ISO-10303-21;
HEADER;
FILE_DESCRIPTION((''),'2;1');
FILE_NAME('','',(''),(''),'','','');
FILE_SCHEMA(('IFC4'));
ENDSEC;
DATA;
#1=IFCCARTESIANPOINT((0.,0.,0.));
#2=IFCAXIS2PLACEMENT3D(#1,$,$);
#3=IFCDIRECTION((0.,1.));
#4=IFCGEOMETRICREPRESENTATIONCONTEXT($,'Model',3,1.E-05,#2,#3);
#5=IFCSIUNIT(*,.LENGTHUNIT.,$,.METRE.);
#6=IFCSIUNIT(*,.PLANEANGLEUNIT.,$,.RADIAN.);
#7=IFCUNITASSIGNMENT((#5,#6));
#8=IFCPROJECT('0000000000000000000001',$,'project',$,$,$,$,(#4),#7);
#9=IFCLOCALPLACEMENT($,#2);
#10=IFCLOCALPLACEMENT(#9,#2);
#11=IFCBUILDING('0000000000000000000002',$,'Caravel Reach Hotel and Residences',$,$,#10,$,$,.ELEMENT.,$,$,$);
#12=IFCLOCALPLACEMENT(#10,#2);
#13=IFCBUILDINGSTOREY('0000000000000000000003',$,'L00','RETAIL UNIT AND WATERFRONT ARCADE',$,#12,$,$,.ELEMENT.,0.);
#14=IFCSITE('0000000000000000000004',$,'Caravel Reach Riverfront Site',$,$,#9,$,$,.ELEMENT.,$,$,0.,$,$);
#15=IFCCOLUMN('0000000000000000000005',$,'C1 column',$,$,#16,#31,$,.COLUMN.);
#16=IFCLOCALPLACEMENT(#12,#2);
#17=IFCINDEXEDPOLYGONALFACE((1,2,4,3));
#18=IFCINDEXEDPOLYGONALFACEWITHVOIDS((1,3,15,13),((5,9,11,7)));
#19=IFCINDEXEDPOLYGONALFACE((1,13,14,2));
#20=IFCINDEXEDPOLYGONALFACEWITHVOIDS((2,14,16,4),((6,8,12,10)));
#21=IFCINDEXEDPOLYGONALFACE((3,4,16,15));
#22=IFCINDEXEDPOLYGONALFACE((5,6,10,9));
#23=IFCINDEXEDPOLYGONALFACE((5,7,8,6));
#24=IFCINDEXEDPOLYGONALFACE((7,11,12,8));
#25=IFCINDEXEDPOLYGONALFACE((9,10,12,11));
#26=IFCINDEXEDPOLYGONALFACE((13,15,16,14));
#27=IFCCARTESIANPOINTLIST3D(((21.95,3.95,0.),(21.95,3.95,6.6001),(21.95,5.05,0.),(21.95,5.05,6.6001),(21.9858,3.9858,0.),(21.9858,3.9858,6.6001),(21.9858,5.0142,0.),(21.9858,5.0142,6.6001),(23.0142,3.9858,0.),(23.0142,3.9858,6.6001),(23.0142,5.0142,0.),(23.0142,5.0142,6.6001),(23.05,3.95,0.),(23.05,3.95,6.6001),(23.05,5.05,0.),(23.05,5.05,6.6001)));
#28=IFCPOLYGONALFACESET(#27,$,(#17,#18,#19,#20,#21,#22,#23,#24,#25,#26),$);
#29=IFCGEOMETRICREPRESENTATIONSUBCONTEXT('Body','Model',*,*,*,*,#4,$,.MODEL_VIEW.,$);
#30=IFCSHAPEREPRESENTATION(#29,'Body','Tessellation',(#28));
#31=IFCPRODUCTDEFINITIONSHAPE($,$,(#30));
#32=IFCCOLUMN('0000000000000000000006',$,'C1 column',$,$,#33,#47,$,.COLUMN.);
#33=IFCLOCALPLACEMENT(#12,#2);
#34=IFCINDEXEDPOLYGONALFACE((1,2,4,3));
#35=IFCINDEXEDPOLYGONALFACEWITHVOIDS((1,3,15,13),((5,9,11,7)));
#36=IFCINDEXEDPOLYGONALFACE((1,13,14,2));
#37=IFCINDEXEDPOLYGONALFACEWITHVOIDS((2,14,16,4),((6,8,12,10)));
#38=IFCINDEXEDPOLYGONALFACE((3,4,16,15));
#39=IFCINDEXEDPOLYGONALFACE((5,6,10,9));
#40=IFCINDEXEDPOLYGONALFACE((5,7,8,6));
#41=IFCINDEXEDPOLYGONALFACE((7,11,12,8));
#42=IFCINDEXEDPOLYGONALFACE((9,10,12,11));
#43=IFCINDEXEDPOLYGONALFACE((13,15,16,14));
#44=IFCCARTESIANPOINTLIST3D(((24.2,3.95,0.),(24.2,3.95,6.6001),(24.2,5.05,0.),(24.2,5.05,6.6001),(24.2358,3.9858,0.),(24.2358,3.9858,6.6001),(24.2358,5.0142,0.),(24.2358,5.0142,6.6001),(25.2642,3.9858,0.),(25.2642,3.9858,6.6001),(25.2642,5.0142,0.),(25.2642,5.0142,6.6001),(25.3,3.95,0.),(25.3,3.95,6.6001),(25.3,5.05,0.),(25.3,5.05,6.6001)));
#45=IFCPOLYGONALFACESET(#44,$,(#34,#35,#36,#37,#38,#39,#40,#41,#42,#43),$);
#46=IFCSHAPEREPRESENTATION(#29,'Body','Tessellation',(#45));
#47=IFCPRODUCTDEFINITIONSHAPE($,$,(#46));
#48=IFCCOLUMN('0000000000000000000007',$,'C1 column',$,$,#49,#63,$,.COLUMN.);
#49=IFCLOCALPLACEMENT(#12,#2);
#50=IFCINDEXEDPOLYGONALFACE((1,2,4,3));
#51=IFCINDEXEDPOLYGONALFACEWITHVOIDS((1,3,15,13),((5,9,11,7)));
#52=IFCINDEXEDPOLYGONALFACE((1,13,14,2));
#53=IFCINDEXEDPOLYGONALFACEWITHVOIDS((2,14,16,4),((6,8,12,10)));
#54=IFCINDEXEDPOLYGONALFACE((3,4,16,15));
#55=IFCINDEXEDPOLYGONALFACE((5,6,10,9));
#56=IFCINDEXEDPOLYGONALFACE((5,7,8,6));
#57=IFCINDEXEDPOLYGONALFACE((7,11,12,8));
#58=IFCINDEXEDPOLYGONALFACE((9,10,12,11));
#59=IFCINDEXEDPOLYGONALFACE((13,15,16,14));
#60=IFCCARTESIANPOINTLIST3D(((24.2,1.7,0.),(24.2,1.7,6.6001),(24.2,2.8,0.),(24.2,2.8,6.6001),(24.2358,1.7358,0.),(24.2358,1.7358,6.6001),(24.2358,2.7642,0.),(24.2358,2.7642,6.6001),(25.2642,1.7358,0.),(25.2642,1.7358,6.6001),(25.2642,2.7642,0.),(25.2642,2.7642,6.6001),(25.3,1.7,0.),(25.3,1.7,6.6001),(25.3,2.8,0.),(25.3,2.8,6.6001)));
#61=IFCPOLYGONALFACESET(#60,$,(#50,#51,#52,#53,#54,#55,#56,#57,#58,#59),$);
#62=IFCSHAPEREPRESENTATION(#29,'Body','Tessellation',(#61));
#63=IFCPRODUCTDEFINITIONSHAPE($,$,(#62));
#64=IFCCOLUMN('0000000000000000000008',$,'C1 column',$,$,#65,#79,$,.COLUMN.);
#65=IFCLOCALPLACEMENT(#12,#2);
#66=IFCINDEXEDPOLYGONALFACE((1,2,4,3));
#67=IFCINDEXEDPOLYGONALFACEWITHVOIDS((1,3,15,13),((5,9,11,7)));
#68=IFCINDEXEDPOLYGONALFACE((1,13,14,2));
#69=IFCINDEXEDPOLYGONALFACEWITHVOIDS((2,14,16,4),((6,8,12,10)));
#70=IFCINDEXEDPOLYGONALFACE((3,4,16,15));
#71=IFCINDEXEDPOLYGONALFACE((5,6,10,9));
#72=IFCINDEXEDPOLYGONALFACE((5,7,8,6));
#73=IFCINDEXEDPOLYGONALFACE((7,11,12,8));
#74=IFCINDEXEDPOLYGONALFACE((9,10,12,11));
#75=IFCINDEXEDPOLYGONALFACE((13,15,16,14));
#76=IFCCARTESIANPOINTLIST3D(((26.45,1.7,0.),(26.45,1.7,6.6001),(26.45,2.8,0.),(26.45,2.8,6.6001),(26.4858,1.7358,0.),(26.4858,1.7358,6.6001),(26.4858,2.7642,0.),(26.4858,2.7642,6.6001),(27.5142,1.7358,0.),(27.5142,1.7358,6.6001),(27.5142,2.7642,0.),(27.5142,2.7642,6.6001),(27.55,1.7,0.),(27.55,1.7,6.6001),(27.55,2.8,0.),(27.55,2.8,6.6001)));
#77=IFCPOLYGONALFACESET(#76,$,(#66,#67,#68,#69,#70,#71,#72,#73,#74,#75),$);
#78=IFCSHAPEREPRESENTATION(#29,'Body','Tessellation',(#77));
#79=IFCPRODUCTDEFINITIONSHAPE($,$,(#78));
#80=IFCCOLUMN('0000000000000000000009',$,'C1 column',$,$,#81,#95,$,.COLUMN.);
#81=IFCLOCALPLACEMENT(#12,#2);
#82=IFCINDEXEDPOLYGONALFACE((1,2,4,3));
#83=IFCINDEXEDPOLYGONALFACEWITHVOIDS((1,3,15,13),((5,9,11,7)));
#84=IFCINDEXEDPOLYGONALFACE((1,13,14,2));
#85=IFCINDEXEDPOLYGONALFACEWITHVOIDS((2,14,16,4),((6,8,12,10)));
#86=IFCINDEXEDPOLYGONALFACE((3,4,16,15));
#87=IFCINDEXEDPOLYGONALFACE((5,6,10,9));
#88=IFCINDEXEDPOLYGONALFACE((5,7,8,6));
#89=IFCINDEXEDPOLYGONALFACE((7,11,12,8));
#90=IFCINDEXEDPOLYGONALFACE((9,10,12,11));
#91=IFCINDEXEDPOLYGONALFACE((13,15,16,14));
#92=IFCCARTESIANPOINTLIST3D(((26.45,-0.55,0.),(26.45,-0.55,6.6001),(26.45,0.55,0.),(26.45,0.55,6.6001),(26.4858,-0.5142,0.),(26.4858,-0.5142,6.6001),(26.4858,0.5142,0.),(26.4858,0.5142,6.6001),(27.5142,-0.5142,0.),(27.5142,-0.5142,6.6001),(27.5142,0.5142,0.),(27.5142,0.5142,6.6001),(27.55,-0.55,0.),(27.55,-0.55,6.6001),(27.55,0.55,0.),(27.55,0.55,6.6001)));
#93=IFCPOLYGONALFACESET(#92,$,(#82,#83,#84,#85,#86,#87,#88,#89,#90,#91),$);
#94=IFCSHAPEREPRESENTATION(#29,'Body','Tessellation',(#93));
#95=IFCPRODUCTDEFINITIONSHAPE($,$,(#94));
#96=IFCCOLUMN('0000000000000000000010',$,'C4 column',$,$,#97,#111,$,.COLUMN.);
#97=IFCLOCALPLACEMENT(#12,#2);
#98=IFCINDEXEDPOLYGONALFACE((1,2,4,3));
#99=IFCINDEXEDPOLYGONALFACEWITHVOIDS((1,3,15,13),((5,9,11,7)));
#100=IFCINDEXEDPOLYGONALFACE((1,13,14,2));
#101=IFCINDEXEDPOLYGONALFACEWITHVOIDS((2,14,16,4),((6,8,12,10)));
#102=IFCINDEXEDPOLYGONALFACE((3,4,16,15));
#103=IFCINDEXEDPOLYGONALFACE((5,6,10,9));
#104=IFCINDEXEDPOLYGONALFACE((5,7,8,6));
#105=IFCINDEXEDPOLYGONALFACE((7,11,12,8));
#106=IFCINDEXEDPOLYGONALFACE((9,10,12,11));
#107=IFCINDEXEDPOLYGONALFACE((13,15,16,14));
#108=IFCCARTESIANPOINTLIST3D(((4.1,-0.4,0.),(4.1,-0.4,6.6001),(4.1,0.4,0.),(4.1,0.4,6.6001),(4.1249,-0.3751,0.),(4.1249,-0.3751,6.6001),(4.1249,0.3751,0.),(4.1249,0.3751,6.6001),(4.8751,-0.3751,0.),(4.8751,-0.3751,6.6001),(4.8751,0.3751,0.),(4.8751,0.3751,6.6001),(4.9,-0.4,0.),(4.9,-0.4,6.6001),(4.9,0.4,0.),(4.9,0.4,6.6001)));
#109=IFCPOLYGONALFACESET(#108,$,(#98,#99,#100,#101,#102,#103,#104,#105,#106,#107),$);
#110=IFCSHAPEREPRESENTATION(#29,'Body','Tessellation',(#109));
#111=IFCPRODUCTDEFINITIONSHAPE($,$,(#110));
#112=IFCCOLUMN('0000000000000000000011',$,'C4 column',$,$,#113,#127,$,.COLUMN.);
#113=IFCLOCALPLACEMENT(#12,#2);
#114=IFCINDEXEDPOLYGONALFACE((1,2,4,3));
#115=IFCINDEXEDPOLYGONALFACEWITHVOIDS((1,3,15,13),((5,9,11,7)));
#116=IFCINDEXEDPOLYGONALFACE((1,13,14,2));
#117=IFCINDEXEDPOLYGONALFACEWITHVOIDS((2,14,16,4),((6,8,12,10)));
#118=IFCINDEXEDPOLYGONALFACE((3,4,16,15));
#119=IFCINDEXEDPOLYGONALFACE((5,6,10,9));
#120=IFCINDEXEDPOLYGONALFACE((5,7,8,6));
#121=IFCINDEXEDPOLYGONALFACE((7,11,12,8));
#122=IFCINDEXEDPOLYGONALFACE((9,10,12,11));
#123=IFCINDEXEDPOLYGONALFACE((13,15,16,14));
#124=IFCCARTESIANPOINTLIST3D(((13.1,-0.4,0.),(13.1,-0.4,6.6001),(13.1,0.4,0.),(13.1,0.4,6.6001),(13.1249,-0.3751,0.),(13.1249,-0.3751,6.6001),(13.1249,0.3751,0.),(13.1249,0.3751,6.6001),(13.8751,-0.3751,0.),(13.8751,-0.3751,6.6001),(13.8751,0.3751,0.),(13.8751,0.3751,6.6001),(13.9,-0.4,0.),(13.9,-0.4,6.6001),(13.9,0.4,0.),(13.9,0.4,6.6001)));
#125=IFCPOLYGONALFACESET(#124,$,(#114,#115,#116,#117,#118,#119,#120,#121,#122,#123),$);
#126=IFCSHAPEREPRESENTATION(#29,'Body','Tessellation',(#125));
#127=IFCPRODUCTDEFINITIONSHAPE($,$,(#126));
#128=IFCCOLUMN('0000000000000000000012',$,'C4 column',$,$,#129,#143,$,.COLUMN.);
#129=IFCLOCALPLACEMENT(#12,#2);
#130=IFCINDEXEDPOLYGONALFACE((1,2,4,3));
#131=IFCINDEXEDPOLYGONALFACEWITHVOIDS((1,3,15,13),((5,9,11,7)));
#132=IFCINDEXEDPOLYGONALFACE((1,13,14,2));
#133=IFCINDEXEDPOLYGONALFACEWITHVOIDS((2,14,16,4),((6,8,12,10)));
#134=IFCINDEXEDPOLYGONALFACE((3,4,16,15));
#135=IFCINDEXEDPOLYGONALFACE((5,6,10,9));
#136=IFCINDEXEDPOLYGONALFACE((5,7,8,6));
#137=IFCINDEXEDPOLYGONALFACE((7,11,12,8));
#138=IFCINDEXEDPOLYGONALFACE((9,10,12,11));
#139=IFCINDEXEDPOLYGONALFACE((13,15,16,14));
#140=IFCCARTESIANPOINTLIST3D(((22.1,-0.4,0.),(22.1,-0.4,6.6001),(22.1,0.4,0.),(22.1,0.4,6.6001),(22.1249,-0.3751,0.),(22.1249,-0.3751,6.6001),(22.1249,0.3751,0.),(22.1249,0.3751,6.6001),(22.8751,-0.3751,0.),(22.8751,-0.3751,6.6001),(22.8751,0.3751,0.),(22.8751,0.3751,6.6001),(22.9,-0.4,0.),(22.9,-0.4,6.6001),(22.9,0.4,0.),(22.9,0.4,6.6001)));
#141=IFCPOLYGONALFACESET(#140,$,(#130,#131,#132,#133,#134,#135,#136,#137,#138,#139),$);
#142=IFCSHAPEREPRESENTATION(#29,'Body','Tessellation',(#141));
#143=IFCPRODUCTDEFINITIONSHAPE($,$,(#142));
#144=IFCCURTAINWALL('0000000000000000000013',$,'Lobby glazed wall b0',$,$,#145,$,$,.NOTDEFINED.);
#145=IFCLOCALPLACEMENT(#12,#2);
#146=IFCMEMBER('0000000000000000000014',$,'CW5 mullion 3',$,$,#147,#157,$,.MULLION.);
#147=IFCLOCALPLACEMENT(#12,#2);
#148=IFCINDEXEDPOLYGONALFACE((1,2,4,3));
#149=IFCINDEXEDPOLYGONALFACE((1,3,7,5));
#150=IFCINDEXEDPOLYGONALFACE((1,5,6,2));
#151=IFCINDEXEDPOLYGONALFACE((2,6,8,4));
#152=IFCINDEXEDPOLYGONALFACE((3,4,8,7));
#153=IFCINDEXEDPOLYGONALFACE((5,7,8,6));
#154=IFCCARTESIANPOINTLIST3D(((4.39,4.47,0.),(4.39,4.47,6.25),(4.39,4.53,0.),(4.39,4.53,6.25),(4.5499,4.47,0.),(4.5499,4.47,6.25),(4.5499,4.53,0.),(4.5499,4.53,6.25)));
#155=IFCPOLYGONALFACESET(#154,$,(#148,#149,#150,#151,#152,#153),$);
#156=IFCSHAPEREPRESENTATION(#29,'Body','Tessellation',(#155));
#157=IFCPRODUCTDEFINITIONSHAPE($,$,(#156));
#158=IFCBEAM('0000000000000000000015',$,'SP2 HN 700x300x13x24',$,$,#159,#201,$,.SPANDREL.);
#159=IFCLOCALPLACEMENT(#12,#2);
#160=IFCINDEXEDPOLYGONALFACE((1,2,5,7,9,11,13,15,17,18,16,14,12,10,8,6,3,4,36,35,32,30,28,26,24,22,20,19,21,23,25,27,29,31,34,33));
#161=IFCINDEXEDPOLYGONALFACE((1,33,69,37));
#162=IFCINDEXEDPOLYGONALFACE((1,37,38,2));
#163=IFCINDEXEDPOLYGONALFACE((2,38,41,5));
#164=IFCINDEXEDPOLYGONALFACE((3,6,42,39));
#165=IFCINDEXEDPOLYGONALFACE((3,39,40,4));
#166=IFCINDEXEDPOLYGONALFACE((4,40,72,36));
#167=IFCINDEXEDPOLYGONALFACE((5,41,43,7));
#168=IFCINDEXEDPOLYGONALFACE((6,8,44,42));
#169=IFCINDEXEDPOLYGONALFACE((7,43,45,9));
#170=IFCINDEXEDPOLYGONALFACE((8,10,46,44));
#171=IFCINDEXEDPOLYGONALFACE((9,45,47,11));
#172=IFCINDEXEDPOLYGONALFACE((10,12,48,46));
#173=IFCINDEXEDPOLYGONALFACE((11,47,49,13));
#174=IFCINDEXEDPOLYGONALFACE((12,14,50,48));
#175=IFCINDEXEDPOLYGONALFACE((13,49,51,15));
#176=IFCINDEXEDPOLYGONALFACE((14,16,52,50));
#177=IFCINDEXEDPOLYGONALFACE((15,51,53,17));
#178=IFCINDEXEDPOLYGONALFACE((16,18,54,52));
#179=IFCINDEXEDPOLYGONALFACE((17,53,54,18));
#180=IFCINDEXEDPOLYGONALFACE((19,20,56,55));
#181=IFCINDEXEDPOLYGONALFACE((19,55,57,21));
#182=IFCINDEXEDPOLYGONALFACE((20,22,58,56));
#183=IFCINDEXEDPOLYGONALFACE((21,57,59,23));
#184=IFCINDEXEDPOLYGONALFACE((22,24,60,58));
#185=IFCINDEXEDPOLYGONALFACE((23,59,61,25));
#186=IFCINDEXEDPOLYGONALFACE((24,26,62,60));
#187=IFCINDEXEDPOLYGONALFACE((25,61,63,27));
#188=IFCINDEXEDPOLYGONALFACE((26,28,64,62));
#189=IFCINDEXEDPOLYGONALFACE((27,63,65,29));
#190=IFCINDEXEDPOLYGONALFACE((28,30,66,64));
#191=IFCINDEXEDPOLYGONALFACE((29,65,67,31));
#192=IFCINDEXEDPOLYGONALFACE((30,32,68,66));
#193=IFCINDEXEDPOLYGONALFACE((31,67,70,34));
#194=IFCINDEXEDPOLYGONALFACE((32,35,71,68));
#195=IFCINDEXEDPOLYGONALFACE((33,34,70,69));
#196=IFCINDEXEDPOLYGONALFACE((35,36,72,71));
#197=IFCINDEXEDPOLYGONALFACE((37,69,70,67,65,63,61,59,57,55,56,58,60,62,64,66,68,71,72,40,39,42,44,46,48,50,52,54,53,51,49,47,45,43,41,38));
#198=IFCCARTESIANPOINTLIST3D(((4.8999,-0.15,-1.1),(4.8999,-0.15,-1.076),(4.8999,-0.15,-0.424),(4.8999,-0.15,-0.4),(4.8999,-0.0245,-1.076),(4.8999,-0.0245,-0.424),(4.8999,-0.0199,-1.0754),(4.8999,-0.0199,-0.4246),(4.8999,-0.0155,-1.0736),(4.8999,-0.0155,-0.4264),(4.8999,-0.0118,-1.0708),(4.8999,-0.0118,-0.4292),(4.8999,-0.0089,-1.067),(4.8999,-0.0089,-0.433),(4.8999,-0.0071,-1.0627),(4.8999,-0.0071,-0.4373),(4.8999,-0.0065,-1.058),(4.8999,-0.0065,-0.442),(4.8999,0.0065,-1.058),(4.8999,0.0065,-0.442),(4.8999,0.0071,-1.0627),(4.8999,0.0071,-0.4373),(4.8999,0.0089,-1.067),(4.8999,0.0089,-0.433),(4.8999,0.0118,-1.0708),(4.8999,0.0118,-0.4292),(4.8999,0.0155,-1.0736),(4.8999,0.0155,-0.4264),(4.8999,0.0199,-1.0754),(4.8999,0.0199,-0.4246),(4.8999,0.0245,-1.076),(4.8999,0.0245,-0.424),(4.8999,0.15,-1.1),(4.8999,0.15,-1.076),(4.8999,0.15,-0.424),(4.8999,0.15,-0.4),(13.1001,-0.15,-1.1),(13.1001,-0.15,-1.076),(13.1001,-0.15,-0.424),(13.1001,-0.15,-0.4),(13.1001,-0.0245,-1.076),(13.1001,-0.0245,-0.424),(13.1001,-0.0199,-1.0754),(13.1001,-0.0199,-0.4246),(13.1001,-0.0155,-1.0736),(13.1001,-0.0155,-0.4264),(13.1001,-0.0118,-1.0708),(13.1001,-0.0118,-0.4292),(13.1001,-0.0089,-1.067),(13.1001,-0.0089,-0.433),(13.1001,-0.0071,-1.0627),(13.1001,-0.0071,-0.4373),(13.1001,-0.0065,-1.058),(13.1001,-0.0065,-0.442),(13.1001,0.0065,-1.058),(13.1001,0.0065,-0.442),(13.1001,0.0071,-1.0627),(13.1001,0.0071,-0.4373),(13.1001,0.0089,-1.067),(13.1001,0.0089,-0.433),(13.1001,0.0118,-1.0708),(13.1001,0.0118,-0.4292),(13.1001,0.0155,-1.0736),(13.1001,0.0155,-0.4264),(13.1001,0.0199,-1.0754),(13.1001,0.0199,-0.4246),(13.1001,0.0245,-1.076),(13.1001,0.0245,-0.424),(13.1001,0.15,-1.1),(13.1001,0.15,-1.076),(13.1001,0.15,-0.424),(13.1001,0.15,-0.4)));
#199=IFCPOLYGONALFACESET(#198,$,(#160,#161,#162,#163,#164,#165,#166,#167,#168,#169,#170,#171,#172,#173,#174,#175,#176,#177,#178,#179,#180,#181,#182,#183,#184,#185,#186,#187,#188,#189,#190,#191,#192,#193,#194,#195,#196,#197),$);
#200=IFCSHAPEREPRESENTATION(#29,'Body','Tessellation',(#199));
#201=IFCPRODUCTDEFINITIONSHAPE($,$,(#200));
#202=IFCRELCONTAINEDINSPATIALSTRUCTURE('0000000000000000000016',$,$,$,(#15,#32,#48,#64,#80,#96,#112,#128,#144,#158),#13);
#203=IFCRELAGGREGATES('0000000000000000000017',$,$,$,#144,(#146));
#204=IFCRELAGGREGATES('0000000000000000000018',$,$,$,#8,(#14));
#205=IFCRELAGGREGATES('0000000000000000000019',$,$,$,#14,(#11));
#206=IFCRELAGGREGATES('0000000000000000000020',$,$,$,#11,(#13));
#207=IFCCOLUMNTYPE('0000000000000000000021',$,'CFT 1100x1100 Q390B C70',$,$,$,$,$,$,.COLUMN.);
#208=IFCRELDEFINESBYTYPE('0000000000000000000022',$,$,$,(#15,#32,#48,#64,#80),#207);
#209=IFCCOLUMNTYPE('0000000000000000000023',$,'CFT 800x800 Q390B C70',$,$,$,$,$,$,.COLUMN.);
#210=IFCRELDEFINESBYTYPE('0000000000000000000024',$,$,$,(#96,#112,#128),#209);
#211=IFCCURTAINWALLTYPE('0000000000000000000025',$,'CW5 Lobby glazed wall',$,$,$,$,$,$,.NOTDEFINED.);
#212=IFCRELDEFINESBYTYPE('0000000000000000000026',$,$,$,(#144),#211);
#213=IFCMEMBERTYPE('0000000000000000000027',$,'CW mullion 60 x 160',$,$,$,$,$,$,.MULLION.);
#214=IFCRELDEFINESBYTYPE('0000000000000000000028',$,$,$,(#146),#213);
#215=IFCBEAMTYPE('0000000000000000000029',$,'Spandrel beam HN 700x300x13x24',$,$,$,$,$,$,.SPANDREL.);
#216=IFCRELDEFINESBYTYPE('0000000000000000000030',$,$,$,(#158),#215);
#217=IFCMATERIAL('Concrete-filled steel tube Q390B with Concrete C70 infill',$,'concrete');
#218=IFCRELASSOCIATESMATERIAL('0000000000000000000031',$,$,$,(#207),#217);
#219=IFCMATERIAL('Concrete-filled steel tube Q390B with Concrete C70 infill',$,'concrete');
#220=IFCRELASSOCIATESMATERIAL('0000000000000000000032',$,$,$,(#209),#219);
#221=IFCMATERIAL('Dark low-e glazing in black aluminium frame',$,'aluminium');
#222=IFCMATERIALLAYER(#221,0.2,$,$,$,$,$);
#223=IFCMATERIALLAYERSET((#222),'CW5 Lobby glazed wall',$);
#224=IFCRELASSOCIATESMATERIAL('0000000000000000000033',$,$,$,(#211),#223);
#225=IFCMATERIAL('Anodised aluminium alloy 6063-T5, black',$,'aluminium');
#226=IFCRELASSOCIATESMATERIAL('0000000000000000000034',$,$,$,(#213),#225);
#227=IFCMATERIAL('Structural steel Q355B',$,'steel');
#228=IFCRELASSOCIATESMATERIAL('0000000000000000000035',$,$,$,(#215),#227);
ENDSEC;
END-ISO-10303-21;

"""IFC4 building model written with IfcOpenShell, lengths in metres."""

from ifc_helpers import new_model, si_unit, direction, frame, origin, origin_2d, place, context, subcontext, project, spatial, rectangle, hollow_rectangle, i_section, extrude, material, layer, layer_set, material_profile, profile_set, type_object, element, aggregate, save


model = new_model("IFC4")

# Units and contexts
model_context = context("Model", 3, precision=1e-05, world=origin(), true_north=direction((0.0, 1.0)))
body_context = subcontext(model_context, "Body", "Model", "MODEL_VIEW")
ifc_project = project(units=[si_unit("LENGTHUNIT", "METRE"), si_unit("PLANEANGLEUNIT", "RADIAN")], contexts=[model_context])

# Site, building, storey
site_placement = place(None, origin())
site = spatial("IfcSite", under=ifc_project, at=site_placement, Name="Caravel Reach Riverfront Site", CompositionType="ELEMENT", RefElevation=0.0)
building_placement = place(site_placement, origin())
building = spatial("IfcBuilding", under=site, at=building_placement, Name="Caravel Reach Hotel and Residences", CompositionType="ELEMENT")
storey_placement = place(building_placement, origin())
storey = spatial("IfcBuildingStorey", under=building, at=storey_placement, Name="L00", Description="RETAIL UNIT AND WATERFRONT ARCADE", CompositionType="ELEMENT", Elevation=0.0)

# Columns
ifc_material_1 = material(Name="Concrete-filled steel tube Q390B with Concrete C70 infill", Category="concrete")
ifc_material_profile_1 = material_profile(ifc_material_1, hollow_rectangle(XDim=1.1001, YDim=1.1001, WallThickness=0.0359, at=origin_2d()), Name="RHS 1100x1100x36")
ifc_profile_set_1 = profile_set([ifc_material_profile_1], Name="Concrete-filled steel tube Q390B with Concrete C70 infill")
column_type_1 = type_object("IfcColumnType", Name="CFT 1100x1100 Q390B C70", PredefinedType="COLUMN", material=ifc_profile_set_1)
for number, where, z_axis, x_axis, name in (
    (1, (22.5, 4.5, 0.0), (0.0, 0.0, 1.0), (1.0, 0.0, 0.0), "C1 column"),
    (2, (24.75, 4.5, 0.0), (0.0, 0.0, 1.0), (1.0, 0.0, 0.0), "C1 column"),
    (3, (24.75, 2.25, 0.0), (0.0, 0.0, 1.0), (1.0, 0.0, 0.0), "C1 column"),
    (4, (27.0, 2.25, 0.0), (0.0, 0.0, 1.0), (1.0, 0.0, 0.0), "C1 column"),
    (5, (27.0, 0.0, 0.0), (0.0, 0.0, 1.0), (1.0, 0.0, 0.0), "C1 column"),
):
    element("IfcColumn", number, at=place(storey_placement, frame(where, z_axis=z_axis, x_axis=x_axis)), inside=storey, type_object=column_type_1, Name=name, PredefinedType="COLUMN", context=body_context, shape_type="SweptSolid", body=[
        extrude(hollow_rectangle(XDim=1.1001, YDim=1.1001, WallThickness=0.0359, at=origin_2d()), origin(), (0.0, 0.0, 1.0), 6.6001),
    ])
ifc_material_2 = material(Name="Concrete-filled steel tube Q390B with Concrete C70 infill", Category="concrete")
ifc_material_profile_2 = material_profile(ifc_material_2, hollow_rectangle(XDim=0.8, YDim=0.8, WallThickness=0.0249, at=origin_2d()), Name="RHS 800x800x25")
ifc_profile_set_2 = profile_set([ifc_material_profile_2], Name="Concrete-filled steel tube Q390B with Concrete C70 infill")
column_type_2 = type_object("IfcColumnType", Name="CFT 800x800 Q390B C70", PredefinedType="COLUMN", material=ifc_profile_set_2)
for number, where, z_axis, x_axis, name in (
    (6, (4.5, 0.0, 0.0), (0.0, 0.0, 1.0), (1.0, 0.0, 0.0), "C4 column"),
    (7, (13.5, 0.0, 0.0), (0.0, 0.0, 1.0), (1.0, 0.0, 0.0), "C4 column"),
    (8, (22.5, 0.0, 0.0), (0.0, 0.0, 1.0), (1.0, 0.0, 0.0), "C4 column"),
):
    element("IfcColumn", number, at=place(storey_placement, frame(where, z_axis=z_axis, x_axis=x_axis)), inside=storey, type_object=column_type_2, Name=name, PredefinedType="COLUMN", context=body_context, shape_type="SweptSolid", body=[
        extrude(hollow_rectangle(XDim=0.8, YDim=0.8, WallThickness=0.0249, at=origin_2d()), origin(), (0.0, 0.0, 1.0), 6.6001),
    ])

# Curtain wall, member
ifc_material_3 = material(Name="Dark low-e glazing in black aluminium frame", Category="aluminium")
ifc_layer_1 = layer(ifc_material_3, 0.2)
ifc_layer_set_1 = layer_set([ifc_layer_1], Name="CW5 Lobby glazed wall")
curtain_wall_type = type_object("IfcCurtainWallType", Name="CW5 Lobby glazed wall", PredefinedType="NOTDEFINED", material=ifc_layer_set_1)
curtain_wall_placement = place(storey_placement, origin())
curtain_wall = element("IfcCurtainWall", 9, at=curtain_wall_placement, inside=storey, type_object=curtain_wall_type, Name="Lobby glazed wall b0", PredefinedType="NOTDEFINED")
ifc_material_4 = material(Name="Anodised aluminium alloy 6063-T5, black", Category="aluminium")
ifc_material_profile_3 = material_profile(ifc_material_4, rectangle(XDim=0.0601, YDim=0.1599, at=origin_2d()), Name="CW mullion 60 x 160")
ifc_profile_set_3 = profile_set([ifc_material_profile_3], Name="Anodised aluminium alloy 6063-T5, black")
member_type = type_object("IfcMemberType", Name="CW mullion 60 x 160", PredefinedType="MULLION", material=ifc_profile_set_3)
member_placement = place(storey_placement, frame((4.47, 4.5, 0.0), z_axis=(0.0, 0.0, 1.0), x_axis=(0.0, 1.0, 0.0)))
member = element("IfcMember", 10, at=member_placement, type_object=member_type, Name="CW5 mullion 3", PredefinedType="MULLION", context=body_context, shape_type="SweptSolid", body=[
    extrude(rectangle(XDim=0.0601, YDim=0.1599, at=origin_2d()), origin(), (0.0, 0.0, 1.0), 6.25),
])

# Beam
ifc_material_5 = material(Name="Structural steel Q355B", Category="steel")
ifc_material_profile_4 = material_profile(ifc_material_5, i_section(OverallWidth=0.3, OverallDepth=0.7, WebThickness=0.0129, FlangeThickness=0.0239, FilletRadius=0.0181, at=origin_2d()), Name="HN 700x300x13x24")
ifc_profile_set_4 = profile_set([ifc_material_profile_4], Name="Structural steel Q355B")
beam_type = type_object("IfcBeamType", Name="Spandrel beam HN 700x300x13x24", PredefinedType="SPANDREL", material=ifc_profile_set_4)
for number, where, z_axis, x_axis, name in (
    (11, (4.8999, 0.0, -0.75), (1.0, 0.0, 0.0), (0.0, 1.0, 0.0), "SP2 HN 700x300x13x24"),
):
    element("IfcBeam", number, at=place(storey_placement, frame(where, z_axis=z_axis, x_axis=x_axis)), inside=storey, type_object=beam_type, Name=name, PredefinedType="SPANDREL", context=body_context, shape_type="SweptSolid", body=[
        extrude(i_section(OverallWidth=0.3, OverallDepth=0.7, WebThickness=0.0129, FlangeThickness=0.0239, FilletRadius=0.0181, at=origin_2d()), origin(), (0.0, 0.0, 1.0), 8.2002),
    ])

aggregate(curtain_wall, [member])

save(model, "model.ifc")
